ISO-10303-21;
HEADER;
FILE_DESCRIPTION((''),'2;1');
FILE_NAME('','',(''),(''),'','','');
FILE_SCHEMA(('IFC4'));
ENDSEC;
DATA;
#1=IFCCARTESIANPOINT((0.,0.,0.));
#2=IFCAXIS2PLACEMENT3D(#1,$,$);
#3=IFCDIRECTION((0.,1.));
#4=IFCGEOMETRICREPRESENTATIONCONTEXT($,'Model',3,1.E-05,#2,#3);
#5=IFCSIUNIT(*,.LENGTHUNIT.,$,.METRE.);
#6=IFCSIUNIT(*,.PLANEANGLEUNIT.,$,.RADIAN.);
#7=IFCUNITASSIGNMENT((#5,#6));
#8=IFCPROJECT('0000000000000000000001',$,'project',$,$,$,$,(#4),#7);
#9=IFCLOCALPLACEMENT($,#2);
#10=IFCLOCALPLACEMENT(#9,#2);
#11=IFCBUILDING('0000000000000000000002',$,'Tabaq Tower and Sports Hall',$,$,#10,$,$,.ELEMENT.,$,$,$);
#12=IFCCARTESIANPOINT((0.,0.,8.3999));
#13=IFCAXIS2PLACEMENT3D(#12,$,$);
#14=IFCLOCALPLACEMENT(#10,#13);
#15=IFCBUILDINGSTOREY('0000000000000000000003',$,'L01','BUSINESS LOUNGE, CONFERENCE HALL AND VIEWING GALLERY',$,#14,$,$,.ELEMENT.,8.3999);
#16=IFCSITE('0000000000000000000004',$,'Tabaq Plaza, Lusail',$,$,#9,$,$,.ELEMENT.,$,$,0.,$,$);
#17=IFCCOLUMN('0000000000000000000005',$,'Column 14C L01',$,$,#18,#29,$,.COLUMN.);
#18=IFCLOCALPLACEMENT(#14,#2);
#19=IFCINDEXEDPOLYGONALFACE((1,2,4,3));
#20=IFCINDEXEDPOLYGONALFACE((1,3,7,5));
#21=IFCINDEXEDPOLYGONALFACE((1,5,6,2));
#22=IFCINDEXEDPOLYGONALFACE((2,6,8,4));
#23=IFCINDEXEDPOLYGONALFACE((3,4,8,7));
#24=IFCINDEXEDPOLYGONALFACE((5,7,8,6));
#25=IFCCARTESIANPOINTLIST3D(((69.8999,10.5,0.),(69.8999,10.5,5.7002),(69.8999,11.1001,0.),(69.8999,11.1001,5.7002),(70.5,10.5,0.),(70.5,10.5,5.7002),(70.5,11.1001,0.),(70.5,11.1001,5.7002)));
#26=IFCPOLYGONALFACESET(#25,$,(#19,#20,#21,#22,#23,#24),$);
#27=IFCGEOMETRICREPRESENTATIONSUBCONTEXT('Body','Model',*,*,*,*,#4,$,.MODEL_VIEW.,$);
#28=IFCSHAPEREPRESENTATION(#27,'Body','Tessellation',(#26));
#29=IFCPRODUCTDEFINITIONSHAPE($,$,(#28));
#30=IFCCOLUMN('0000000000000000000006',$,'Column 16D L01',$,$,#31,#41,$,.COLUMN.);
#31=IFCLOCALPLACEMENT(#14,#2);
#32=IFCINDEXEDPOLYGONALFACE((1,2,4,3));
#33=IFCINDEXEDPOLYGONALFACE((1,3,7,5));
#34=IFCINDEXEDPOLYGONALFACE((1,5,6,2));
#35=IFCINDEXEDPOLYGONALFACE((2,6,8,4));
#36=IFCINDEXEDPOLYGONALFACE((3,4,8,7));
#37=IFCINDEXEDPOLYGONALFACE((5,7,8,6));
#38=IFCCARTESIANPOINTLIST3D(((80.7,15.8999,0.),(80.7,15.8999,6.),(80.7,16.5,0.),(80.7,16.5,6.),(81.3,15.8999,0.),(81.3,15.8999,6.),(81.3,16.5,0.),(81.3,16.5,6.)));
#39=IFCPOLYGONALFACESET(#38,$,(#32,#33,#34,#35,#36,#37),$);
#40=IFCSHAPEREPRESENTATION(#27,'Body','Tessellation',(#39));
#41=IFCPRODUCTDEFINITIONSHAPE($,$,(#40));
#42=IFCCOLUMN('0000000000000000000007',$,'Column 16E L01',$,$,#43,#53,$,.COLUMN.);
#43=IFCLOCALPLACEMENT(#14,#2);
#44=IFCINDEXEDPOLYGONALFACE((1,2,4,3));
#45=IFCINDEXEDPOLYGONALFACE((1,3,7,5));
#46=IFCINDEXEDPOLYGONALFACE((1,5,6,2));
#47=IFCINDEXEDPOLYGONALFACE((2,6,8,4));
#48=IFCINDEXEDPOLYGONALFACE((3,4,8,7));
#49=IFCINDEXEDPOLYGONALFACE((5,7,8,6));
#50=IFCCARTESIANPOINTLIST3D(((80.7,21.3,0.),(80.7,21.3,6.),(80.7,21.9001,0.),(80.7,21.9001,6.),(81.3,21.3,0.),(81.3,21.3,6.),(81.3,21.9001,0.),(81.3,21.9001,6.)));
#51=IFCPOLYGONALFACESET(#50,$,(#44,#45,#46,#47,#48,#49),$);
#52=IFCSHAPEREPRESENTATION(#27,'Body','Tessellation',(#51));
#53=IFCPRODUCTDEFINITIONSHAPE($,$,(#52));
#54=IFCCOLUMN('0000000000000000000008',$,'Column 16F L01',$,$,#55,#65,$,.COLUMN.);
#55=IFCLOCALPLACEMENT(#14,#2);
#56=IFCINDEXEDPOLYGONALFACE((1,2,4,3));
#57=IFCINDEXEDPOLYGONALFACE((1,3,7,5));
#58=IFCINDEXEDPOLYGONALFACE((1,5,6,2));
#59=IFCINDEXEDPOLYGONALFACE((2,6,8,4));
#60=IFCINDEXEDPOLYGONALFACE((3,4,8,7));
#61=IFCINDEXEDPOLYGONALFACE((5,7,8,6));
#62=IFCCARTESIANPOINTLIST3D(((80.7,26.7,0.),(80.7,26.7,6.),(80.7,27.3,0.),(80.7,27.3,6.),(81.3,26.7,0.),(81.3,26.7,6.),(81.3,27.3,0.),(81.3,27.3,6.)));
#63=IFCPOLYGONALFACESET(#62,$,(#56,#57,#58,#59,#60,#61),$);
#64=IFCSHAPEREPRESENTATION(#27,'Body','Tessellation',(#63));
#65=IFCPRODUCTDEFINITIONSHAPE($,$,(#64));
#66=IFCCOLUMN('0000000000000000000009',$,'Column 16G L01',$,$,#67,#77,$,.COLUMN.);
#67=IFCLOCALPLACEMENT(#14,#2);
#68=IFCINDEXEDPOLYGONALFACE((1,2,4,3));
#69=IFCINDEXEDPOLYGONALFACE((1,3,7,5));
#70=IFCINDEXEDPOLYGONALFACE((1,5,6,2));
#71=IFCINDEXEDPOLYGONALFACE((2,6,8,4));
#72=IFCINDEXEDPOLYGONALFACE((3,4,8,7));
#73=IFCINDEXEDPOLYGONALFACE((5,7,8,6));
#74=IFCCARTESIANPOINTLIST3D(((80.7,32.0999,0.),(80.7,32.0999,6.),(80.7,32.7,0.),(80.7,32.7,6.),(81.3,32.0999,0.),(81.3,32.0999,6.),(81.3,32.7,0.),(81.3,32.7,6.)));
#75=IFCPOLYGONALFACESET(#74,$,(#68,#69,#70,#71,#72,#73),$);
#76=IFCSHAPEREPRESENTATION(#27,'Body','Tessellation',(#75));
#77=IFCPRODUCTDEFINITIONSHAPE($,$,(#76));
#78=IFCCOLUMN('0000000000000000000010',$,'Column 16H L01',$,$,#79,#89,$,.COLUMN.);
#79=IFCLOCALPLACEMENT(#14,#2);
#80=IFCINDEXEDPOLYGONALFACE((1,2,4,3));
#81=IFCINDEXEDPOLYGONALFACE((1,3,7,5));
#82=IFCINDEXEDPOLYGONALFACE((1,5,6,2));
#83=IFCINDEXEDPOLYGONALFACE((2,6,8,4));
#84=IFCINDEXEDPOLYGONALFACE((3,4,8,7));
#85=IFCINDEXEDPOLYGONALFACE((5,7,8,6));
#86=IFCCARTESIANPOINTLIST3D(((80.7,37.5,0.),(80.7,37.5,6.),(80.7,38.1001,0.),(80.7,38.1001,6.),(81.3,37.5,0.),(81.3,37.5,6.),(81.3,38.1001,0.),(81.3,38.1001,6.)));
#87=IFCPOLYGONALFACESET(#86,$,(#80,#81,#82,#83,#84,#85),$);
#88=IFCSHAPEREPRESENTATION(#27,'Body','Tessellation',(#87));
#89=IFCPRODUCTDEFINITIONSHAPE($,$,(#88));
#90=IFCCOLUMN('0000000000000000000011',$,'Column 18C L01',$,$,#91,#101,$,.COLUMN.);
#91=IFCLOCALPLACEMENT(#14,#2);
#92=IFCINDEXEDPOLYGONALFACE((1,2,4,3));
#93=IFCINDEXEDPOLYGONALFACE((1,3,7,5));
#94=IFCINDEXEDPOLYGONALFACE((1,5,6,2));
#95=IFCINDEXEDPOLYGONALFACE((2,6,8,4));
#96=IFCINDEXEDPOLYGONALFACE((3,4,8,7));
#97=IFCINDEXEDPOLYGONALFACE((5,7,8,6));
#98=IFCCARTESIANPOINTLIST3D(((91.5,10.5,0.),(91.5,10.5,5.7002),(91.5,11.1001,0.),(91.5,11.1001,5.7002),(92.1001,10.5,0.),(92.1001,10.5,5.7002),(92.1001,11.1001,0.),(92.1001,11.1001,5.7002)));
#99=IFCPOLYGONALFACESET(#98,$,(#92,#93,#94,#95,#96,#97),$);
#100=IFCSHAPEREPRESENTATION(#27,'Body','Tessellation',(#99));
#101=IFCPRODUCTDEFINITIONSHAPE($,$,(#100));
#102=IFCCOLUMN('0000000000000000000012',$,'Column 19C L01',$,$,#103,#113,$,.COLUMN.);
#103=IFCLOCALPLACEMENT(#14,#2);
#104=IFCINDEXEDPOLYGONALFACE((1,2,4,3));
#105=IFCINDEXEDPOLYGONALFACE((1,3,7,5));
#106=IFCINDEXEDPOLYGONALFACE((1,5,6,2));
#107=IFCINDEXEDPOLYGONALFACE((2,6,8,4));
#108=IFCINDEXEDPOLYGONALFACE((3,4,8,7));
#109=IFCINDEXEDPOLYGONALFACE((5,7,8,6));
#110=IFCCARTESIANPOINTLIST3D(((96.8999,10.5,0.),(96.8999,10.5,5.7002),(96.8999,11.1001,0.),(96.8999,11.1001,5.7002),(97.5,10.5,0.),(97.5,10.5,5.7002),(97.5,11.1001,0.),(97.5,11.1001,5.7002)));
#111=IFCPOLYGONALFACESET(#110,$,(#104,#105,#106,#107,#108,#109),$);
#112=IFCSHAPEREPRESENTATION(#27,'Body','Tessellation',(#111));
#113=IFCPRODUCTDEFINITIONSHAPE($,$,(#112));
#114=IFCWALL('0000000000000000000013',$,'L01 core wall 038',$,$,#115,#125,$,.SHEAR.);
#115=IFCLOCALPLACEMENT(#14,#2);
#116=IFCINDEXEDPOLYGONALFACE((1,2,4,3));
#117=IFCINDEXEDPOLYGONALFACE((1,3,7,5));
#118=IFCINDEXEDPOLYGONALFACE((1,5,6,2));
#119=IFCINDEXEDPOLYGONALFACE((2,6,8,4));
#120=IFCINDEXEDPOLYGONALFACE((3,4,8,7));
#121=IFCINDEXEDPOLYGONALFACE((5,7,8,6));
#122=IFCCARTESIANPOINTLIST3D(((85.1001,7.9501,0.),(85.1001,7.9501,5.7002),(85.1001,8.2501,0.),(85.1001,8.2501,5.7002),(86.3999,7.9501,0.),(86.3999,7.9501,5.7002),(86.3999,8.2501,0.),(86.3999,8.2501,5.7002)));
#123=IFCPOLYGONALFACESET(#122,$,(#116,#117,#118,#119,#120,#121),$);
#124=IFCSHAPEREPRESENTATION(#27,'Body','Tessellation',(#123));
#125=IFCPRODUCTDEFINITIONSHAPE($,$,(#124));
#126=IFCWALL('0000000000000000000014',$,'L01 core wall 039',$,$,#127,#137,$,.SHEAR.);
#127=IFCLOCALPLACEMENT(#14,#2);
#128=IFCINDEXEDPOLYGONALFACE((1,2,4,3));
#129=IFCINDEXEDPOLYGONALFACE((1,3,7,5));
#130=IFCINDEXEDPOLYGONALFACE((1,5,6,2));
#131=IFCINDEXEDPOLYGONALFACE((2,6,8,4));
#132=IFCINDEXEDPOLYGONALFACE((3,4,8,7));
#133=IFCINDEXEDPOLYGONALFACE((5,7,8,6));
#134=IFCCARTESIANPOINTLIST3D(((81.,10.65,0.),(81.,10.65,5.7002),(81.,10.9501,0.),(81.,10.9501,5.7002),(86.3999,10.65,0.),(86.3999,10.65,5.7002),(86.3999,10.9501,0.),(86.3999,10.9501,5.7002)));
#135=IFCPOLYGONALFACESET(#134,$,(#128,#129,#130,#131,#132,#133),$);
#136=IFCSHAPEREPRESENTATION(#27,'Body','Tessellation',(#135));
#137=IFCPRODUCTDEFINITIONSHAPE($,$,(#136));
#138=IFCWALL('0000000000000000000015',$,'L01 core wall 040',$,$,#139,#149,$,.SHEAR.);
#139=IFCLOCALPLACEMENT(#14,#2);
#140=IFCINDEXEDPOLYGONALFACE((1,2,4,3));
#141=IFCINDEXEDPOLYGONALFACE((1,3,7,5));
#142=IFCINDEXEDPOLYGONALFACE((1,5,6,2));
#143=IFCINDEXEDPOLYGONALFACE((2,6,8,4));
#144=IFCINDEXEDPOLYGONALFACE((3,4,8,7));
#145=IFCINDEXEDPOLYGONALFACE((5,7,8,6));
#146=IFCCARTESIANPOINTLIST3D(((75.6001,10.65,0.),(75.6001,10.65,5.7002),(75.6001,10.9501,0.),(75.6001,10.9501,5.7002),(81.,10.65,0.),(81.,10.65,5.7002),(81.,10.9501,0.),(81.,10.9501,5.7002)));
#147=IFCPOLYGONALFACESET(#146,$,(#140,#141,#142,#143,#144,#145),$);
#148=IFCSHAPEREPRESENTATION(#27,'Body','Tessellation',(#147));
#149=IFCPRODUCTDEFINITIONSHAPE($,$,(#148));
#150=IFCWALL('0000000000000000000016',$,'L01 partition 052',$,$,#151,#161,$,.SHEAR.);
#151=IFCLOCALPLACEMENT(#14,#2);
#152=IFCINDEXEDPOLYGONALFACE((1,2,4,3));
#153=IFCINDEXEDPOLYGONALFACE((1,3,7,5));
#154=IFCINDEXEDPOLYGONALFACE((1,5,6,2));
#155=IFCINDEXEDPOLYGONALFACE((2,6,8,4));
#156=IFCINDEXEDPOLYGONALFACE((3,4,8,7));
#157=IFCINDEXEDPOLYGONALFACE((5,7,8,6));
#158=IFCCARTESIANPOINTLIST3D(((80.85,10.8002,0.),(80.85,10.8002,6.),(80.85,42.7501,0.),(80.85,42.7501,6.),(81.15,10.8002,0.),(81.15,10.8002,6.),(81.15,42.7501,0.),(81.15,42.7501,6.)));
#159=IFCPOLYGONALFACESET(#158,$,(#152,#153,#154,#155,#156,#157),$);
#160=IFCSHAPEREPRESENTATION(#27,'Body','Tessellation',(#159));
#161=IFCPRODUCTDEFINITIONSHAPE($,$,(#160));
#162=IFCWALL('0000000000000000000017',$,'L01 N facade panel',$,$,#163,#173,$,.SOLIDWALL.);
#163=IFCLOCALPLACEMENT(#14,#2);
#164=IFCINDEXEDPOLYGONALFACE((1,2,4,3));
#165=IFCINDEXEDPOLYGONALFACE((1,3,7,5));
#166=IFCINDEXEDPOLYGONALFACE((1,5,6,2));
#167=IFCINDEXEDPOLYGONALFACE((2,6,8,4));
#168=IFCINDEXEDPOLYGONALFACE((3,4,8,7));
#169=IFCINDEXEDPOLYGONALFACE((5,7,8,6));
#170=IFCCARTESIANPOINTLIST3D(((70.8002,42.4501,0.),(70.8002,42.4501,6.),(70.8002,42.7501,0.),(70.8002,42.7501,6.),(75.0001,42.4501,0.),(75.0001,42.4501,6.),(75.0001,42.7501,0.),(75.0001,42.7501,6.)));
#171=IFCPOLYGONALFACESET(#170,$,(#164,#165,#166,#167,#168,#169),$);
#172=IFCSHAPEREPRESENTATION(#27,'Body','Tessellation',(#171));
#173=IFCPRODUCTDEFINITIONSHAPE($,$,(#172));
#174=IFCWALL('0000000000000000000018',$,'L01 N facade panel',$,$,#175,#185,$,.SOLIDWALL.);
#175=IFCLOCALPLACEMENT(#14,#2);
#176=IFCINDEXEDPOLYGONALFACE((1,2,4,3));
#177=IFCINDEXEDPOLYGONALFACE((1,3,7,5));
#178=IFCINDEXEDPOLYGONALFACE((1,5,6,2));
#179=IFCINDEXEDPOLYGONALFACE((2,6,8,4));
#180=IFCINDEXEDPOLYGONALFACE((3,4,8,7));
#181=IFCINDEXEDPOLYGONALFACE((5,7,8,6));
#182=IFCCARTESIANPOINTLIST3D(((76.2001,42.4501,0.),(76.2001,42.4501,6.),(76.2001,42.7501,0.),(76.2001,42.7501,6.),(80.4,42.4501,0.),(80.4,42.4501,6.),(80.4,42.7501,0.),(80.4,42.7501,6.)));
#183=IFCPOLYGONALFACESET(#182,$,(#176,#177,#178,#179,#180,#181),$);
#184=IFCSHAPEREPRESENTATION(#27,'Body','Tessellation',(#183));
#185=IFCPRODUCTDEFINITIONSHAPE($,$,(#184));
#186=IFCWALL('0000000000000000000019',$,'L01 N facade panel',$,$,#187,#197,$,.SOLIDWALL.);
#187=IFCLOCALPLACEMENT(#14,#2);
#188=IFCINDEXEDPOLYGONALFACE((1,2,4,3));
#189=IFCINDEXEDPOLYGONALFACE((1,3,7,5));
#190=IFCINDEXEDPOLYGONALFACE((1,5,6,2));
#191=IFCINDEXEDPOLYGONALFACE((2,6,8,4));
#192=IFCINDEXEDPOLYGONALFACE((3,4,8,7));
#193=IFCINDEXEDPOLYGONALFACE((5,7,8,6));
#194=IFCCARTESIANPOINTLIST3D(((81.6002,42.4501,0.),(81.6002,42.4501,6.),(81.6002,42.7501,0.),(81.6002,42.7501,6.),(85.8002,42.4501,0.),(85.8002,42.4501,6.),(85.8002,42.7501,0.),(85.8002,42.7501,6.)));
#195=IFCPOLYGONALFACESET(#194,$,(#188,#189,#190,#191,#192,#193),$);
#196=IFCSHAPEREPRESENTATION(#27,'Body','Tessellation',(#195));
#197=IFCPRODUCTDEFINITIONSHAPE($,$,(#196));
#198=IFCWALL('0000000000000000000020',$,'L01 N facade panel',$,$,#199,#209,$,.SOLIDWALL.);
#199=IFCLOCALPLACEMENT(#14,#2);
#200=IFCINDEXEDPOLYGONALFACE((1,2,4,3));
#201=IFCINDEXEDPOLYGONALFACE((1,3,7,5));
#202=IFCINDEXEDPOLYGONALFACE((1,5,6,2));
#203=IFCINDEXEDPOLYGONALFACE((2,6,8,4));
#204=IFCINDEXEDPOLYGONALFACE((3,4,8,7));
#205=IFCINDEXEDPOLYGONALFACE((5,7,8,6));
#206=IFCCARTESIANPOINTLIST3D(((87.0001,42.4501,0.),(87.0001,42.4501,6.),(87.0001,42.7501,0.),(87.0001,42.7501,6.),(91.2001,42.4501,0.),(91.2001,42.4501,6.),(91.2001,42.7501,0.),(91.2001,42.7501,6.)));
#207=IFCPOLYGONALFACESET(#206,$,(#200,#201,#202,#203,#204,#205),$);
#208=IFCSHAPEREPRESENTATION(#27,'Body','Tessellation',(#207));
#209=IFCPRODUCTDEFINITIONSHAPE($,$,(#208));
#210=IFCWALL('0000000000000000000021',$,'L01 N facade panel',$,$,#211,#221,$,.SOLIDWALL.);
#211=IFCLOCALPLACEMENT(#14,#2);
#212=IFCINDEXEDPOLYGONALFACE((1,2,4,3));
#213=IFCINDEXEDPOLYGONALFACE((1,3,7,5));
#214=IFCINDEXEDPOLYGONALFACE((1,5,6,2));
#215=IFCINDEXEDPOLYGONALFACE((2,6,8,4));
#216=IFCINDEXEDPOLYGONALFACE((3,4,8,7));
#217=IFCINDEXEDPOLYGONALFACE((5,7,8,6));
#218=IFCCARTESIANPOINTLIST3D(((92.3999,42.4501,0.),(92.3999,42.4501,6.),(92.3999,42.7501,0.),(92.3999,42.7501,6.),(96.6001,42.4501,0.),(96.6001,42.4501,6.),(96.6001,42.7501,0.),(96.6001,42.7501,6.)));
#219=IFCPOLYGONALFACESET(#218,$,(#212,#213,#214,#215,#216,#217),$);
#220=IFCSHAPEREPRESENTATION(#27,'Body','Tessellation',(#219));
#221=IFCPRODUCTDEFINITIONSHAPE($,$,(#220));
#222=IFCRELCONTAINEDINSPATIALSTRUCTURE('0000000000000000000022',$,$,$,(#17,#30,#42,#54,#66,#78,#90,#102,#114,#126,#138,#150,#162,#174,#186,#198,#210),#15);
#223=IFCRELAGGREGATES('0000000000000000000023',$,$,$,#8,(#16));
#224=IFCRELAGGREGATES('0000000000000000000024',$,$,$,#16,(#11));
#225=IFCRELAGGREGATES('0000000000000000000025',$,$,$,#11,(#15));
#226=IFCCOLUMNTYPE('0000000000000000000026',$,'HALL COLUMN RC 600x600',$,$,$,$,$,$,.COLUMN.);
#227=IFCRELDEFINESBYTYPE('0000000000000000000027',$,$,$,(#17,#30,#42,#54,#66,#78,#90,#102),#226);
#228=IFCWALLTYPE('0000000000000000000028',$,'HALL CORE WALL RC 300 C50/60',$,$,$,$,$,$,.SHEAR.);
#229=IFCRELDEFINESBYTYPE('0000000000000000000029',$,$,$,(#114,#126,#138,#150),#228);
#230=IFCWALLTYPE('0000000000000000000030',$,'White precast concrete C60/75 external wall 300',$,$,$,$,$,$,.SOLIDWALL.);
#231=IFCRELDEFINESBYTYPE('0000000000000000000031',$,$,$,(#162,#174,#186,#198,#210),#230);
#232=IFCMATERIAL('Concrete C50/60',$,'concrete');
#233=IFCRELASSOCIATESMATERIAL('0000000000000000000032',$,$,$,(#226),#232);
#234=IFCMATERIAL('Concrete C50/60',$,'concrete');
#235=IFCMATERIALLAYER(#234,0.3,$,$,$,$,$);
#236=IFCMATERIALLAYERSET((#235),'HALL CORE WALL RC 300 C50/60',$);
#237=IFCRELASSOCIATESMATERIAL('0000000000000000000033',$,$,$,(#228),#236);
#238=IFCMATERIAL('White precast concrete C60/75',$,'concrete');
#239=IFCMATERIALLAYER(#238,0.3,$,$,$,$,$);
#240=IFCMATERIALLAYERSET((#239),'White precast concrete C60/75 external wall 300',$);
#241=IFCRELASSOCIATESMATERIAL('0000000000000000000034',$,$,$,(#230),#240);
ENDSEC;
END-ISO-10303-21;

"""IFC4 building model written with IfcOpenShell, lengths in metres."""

from ifc_helpers import new_model, si_unit, direction, frame, frame_2d, origin, origin_2d, place, context, subcontext, project, spatial, rectangle, extrude, material, layer, layer_set, material_profile, profile_set, type_object, element, save


model = new_model("IFC4")

# Units and contexts
model_context = context("Model", 3, precision=1e-05, world=origin(), true_north=direction((0.0, 1.0)))
body_context = subcontext(model_context, "Body", "Model", "MODEL_VIEW")
ifc_project = project(units=[si_unit("LENGTHUNIT", "METRE"), si_unit("PLANEANGLEUNIT", "RADIAN")], contexts=[model_context])

# Site, building, storey
site_placement = place(None, origin())
site = spatial("IfcSite", under=ifc_project, at=site_placement, Name="Tabaq Plaza, Lusail", CompositionType="ELEMENT", RefElevation=0.0)
building_placement = place(site_placement, origin())
building = spatial("IfcBuilding", under=site, at=building_placement, Name="Tabaq Tower and Sports Hall", CompositionType="ELEMENT")
storey_placement = place(building_placement, frame((0.0, 0.0, 8.3999)))
storey = spatial("IfcBuildingStorey", under=building, at=storey_placement, Name="L01", Description="BUSINESS LOUNGE, CONFERENCE HALL AND VIEWING GALLERY", CompositionType="ELEMENT", Elevation=8.3999)

# Columns
ifc_material_1 = material(Name="Concrete C50/60", Category="concrete")
ifc_material_profile = material_profile(ifc_material_1, rectangle(XDim=0.6001, YDim=0.6001, at=origin_2d()), Name="RC 600x600")
ifc_profile_set = profile_set([ifc_material_profile], Name="Concrete C50/60")
column_type = type_object("IfcColumnType", Name="HALL COLUMN RC 600x600", PredefinedType="COLUMN", material=ifc_profile_set)
column_placement = place(storey_placement, frame((70.2, 10.8, 0.0), z_axis=(0.0, 0.0, 1.0), x_axis=(1.0, 0.0, 0.0)))
element("IfcColumn", 1, at=column_placement, inside=storey, type_object=column_type, Name="Column 14C L01", PredefinedType="COLUMN", context=body_context, shape_type="SweptSolid", body=[
    extrude(rectangle(XDim=0.6001, YDim=0.6001, at=origin_2d()), origin(), (0.0, 0.0, 1.0), 5.7002),
])
for number, where, z_axis, x_axis, name in (
    (2, (81.0, 16.2, 0.0), (0.0, 0.0, 1.0), (1.0, 0.0, 0.0), "Column 16D L01"),
    (3, (81.0, 21.6001, 0.0), (0.0, 0.0, 1.0), (1.0, 0.0, 0.0), "Column 16E L01"),
    (4, (81.0, 27.0, 0.0), (0.0, 0.0, 1.0), (1.0, 0.0, 0.0), "Column 16F L01"),
    (5, (81.0, 32.3999, 0.0), (0.0, 0.0, 1.0), (1.0, 0.0, 0.0), "Column 16G L01"),
    (6, (81.0, 37.8, 0.0), (0.0, 0.0, 1.0), (1.0, 0.0, 0.0), "Column 16H L01"),
):
    element("IfcColumn", number, at=place(storey_placement, frame(where, z_axis=z_axis, x_axis=x_axis)), inside=storey, type_object=column_type, Name=name, PredefinedType="COLUMN", context=body_context, shape_type="SweptSolid", body=[
        extrude(rectangle(XDim=0.6001, YDim=0.6001, at=origin_2d()), origin(), (0.0, 0.0, 1.0), 6.0),
    ])
for number, where, z_axis, x_axis, name in (
    (7, (91.8, 10.8, 0.0), (0.0, 0.0, 1.0), (1.0, 0.0, 0.0), "Column 18C L01"),
    (8, (97.2, 10.8, 0.0), (0.0, 0.0, 1.0), (1.0, 0.0, 0.0), "Column 19C L01"),
):
    element("IfcColumn", number, at=place(storey_placement, frame(where, z_axis=z_axis, x_axis=x_axis)), inside=storey, type_object=column_type, Name=name, PredefinedType="COLUMN", context=body_context, shape_type="SweptSolid", body=[
        extrude(rectangle(XDim=0.6001, YDim=0.6001, at=origin_2d()), origin(), (0.0, 0.0, 1.0), 5.7002),
    ])

# Shared definitions
ifc_material_2 = material(Name="Concrete C50/60", Category="concrete")
ifc_layer_1 = layer(ifc_material_2, 0.3)
ifc_layer_set_1 = layer_set([ifc_layer_1], Name="HALL CORE WALL RC 300 C50/60")
wall_type_1 = type_object("IfcWallType", Name="HALL CORE WALL RC 300 C50/60", PredefinedType="SHEAR", material=ifc_layer_set_1)

# Walls
wall_1_placement = place(storey_placement, frame((85.1001, 8.1001, 0.0), z_axis=(0.0, 0.0, 1.0), x_axis=(1.0, 0.0, 0.0)))
element("IfcWall", 9, at=wall_1_placement, inside=storey, type_object=wall_type_1, Name="L01 core wall 038", PredefinedType="SHEAR", context=body_context, shape_type="SweptSolid", body=[
    extrude(rectangle(XDim=1.2998, YDim=0.3, at=frame_2d((0.6499, 0.0))), origin(), (0.0, 0.0, 1.0), 5.7002),
])
for number, where, z_axis, x_axis, name in (
    (10, (81.0, 10.8, 0.0), (0.0, 0.0, 1.0), (1.0, 0.0, 0.0), "L01 core wall 039"),
    (11, (75.6001, 10.8, 0.0), (0.0, 0.0, 1.0), (1.0, 0.0, 0.0), "L01 core wall 040"),
):
    element("IfcWall", number, at=place(storey_placement, frame(where, z_axis=z_axis, x_axis=x_axis)), inside=storey, type_object=wall_type_1, Name=name, PredefinedType="SHEAR", context=body_context, shape_type="SweptSolid", body=[
        extrude(rectangle(XDim=5.3999, YDim=0.3, at=frame_2d((2.7, 0.0))), origin(), (0.0, 0.0, 1.0), 5.7002),
    ])
wall_2_placement = place(storey_placement, frame((81.0, 10.8, 0.0), z_axis=(0.0, 0.0, 1.0), x_axis=(0.0, 1.0, 0.0)))
element("IfcWall", 12, at=wall_2_placement, inside=storey, type_object=wall_type_1, Name="L01 partition 052", PredefinedType="SHEAR", context=body_context, shape_type="SweptSolid", body=[
    extrude(rectangle(XDim=31.95, YDim=0.3, at=frame_2d((15.9751, 0.0))), origin(), (0.0, 0.0, 1.0), 6.0),
])
ifc_material_3 = material(Name="White precast concrete C60/75", Category="concrete")
ifc_layer_2 = layer(ifc_material_3, 0.3)
ifc_layer_set_2 = layer_set([ifc_layer_2], Name="White precast concrete C60/75 external wall 300")
wall_type_2 = type_object("IfcWallType", Name="White precast concrete C60/75 external wall 300", PredefinedType="SOLIDWALL", material=ifc_layer_set_2)
for number, where, z_axis, x_axis, name in (
    (13, (70.8, 42.6001, 0.0), (0.0, 0.0, 1.0), (1.0, 0.0, 0.0), "L01 N facade panel"),
    (14, (76.2, 42.6001, 0.0), (0.0, 0.0, 1.0), (1.0, 0.0, 0.0), "L01 N facade panel"),
    (15, (81.6001, 42.6001, 0.0), (0.0, 0.0, 1.0), (1.0, 0.0, 0.0), "L01 N facade panel"),
    (16, (87.0, 42.6001, 0.0), (0.0, 0.0, 1.0), (1.0, 0.0, 0.0), "L01 N facade panel"),
):
    element("IfcWall", number, at=place(storey_placement, frame(where, z_axis=z_axis, x_axis=x_axis)), inside=storey, type_object=wall_type_2, Name=name, PredefinedType="SOLIDWALL", context=body_context, shape_type="SweptSolid", body=[
        extrude(rectangle(XDim=4.2, YDim=0.3, at=frame_2d((2.1001, 0.0))), origin(), (0.0, 0.0, 1.0), 6.0),
    ])
wall_3_placement = place(storey_placement, frame((92.3999, 42.6001, 0.0), z_axis=(0.0, 0.0, 1.0), x_axis=(1.0, 0.0, 0.0)))
element("IfcWall", 17, at=wall_3_placement, inside=storey, type_object=wall_type_2, Name="L01 N facade panel", PredefinedType="SOLIDWALL", context=body_context, shape_type="SweptSolid", body=[
    extrude(rectangle(XDim=4.2002, YDim=0.3, at=frame_2d((2.1001, 0.0))), origin(), (0.0, 0.0, 1.0), 6.0),
])

save(model, "model.ifc")
